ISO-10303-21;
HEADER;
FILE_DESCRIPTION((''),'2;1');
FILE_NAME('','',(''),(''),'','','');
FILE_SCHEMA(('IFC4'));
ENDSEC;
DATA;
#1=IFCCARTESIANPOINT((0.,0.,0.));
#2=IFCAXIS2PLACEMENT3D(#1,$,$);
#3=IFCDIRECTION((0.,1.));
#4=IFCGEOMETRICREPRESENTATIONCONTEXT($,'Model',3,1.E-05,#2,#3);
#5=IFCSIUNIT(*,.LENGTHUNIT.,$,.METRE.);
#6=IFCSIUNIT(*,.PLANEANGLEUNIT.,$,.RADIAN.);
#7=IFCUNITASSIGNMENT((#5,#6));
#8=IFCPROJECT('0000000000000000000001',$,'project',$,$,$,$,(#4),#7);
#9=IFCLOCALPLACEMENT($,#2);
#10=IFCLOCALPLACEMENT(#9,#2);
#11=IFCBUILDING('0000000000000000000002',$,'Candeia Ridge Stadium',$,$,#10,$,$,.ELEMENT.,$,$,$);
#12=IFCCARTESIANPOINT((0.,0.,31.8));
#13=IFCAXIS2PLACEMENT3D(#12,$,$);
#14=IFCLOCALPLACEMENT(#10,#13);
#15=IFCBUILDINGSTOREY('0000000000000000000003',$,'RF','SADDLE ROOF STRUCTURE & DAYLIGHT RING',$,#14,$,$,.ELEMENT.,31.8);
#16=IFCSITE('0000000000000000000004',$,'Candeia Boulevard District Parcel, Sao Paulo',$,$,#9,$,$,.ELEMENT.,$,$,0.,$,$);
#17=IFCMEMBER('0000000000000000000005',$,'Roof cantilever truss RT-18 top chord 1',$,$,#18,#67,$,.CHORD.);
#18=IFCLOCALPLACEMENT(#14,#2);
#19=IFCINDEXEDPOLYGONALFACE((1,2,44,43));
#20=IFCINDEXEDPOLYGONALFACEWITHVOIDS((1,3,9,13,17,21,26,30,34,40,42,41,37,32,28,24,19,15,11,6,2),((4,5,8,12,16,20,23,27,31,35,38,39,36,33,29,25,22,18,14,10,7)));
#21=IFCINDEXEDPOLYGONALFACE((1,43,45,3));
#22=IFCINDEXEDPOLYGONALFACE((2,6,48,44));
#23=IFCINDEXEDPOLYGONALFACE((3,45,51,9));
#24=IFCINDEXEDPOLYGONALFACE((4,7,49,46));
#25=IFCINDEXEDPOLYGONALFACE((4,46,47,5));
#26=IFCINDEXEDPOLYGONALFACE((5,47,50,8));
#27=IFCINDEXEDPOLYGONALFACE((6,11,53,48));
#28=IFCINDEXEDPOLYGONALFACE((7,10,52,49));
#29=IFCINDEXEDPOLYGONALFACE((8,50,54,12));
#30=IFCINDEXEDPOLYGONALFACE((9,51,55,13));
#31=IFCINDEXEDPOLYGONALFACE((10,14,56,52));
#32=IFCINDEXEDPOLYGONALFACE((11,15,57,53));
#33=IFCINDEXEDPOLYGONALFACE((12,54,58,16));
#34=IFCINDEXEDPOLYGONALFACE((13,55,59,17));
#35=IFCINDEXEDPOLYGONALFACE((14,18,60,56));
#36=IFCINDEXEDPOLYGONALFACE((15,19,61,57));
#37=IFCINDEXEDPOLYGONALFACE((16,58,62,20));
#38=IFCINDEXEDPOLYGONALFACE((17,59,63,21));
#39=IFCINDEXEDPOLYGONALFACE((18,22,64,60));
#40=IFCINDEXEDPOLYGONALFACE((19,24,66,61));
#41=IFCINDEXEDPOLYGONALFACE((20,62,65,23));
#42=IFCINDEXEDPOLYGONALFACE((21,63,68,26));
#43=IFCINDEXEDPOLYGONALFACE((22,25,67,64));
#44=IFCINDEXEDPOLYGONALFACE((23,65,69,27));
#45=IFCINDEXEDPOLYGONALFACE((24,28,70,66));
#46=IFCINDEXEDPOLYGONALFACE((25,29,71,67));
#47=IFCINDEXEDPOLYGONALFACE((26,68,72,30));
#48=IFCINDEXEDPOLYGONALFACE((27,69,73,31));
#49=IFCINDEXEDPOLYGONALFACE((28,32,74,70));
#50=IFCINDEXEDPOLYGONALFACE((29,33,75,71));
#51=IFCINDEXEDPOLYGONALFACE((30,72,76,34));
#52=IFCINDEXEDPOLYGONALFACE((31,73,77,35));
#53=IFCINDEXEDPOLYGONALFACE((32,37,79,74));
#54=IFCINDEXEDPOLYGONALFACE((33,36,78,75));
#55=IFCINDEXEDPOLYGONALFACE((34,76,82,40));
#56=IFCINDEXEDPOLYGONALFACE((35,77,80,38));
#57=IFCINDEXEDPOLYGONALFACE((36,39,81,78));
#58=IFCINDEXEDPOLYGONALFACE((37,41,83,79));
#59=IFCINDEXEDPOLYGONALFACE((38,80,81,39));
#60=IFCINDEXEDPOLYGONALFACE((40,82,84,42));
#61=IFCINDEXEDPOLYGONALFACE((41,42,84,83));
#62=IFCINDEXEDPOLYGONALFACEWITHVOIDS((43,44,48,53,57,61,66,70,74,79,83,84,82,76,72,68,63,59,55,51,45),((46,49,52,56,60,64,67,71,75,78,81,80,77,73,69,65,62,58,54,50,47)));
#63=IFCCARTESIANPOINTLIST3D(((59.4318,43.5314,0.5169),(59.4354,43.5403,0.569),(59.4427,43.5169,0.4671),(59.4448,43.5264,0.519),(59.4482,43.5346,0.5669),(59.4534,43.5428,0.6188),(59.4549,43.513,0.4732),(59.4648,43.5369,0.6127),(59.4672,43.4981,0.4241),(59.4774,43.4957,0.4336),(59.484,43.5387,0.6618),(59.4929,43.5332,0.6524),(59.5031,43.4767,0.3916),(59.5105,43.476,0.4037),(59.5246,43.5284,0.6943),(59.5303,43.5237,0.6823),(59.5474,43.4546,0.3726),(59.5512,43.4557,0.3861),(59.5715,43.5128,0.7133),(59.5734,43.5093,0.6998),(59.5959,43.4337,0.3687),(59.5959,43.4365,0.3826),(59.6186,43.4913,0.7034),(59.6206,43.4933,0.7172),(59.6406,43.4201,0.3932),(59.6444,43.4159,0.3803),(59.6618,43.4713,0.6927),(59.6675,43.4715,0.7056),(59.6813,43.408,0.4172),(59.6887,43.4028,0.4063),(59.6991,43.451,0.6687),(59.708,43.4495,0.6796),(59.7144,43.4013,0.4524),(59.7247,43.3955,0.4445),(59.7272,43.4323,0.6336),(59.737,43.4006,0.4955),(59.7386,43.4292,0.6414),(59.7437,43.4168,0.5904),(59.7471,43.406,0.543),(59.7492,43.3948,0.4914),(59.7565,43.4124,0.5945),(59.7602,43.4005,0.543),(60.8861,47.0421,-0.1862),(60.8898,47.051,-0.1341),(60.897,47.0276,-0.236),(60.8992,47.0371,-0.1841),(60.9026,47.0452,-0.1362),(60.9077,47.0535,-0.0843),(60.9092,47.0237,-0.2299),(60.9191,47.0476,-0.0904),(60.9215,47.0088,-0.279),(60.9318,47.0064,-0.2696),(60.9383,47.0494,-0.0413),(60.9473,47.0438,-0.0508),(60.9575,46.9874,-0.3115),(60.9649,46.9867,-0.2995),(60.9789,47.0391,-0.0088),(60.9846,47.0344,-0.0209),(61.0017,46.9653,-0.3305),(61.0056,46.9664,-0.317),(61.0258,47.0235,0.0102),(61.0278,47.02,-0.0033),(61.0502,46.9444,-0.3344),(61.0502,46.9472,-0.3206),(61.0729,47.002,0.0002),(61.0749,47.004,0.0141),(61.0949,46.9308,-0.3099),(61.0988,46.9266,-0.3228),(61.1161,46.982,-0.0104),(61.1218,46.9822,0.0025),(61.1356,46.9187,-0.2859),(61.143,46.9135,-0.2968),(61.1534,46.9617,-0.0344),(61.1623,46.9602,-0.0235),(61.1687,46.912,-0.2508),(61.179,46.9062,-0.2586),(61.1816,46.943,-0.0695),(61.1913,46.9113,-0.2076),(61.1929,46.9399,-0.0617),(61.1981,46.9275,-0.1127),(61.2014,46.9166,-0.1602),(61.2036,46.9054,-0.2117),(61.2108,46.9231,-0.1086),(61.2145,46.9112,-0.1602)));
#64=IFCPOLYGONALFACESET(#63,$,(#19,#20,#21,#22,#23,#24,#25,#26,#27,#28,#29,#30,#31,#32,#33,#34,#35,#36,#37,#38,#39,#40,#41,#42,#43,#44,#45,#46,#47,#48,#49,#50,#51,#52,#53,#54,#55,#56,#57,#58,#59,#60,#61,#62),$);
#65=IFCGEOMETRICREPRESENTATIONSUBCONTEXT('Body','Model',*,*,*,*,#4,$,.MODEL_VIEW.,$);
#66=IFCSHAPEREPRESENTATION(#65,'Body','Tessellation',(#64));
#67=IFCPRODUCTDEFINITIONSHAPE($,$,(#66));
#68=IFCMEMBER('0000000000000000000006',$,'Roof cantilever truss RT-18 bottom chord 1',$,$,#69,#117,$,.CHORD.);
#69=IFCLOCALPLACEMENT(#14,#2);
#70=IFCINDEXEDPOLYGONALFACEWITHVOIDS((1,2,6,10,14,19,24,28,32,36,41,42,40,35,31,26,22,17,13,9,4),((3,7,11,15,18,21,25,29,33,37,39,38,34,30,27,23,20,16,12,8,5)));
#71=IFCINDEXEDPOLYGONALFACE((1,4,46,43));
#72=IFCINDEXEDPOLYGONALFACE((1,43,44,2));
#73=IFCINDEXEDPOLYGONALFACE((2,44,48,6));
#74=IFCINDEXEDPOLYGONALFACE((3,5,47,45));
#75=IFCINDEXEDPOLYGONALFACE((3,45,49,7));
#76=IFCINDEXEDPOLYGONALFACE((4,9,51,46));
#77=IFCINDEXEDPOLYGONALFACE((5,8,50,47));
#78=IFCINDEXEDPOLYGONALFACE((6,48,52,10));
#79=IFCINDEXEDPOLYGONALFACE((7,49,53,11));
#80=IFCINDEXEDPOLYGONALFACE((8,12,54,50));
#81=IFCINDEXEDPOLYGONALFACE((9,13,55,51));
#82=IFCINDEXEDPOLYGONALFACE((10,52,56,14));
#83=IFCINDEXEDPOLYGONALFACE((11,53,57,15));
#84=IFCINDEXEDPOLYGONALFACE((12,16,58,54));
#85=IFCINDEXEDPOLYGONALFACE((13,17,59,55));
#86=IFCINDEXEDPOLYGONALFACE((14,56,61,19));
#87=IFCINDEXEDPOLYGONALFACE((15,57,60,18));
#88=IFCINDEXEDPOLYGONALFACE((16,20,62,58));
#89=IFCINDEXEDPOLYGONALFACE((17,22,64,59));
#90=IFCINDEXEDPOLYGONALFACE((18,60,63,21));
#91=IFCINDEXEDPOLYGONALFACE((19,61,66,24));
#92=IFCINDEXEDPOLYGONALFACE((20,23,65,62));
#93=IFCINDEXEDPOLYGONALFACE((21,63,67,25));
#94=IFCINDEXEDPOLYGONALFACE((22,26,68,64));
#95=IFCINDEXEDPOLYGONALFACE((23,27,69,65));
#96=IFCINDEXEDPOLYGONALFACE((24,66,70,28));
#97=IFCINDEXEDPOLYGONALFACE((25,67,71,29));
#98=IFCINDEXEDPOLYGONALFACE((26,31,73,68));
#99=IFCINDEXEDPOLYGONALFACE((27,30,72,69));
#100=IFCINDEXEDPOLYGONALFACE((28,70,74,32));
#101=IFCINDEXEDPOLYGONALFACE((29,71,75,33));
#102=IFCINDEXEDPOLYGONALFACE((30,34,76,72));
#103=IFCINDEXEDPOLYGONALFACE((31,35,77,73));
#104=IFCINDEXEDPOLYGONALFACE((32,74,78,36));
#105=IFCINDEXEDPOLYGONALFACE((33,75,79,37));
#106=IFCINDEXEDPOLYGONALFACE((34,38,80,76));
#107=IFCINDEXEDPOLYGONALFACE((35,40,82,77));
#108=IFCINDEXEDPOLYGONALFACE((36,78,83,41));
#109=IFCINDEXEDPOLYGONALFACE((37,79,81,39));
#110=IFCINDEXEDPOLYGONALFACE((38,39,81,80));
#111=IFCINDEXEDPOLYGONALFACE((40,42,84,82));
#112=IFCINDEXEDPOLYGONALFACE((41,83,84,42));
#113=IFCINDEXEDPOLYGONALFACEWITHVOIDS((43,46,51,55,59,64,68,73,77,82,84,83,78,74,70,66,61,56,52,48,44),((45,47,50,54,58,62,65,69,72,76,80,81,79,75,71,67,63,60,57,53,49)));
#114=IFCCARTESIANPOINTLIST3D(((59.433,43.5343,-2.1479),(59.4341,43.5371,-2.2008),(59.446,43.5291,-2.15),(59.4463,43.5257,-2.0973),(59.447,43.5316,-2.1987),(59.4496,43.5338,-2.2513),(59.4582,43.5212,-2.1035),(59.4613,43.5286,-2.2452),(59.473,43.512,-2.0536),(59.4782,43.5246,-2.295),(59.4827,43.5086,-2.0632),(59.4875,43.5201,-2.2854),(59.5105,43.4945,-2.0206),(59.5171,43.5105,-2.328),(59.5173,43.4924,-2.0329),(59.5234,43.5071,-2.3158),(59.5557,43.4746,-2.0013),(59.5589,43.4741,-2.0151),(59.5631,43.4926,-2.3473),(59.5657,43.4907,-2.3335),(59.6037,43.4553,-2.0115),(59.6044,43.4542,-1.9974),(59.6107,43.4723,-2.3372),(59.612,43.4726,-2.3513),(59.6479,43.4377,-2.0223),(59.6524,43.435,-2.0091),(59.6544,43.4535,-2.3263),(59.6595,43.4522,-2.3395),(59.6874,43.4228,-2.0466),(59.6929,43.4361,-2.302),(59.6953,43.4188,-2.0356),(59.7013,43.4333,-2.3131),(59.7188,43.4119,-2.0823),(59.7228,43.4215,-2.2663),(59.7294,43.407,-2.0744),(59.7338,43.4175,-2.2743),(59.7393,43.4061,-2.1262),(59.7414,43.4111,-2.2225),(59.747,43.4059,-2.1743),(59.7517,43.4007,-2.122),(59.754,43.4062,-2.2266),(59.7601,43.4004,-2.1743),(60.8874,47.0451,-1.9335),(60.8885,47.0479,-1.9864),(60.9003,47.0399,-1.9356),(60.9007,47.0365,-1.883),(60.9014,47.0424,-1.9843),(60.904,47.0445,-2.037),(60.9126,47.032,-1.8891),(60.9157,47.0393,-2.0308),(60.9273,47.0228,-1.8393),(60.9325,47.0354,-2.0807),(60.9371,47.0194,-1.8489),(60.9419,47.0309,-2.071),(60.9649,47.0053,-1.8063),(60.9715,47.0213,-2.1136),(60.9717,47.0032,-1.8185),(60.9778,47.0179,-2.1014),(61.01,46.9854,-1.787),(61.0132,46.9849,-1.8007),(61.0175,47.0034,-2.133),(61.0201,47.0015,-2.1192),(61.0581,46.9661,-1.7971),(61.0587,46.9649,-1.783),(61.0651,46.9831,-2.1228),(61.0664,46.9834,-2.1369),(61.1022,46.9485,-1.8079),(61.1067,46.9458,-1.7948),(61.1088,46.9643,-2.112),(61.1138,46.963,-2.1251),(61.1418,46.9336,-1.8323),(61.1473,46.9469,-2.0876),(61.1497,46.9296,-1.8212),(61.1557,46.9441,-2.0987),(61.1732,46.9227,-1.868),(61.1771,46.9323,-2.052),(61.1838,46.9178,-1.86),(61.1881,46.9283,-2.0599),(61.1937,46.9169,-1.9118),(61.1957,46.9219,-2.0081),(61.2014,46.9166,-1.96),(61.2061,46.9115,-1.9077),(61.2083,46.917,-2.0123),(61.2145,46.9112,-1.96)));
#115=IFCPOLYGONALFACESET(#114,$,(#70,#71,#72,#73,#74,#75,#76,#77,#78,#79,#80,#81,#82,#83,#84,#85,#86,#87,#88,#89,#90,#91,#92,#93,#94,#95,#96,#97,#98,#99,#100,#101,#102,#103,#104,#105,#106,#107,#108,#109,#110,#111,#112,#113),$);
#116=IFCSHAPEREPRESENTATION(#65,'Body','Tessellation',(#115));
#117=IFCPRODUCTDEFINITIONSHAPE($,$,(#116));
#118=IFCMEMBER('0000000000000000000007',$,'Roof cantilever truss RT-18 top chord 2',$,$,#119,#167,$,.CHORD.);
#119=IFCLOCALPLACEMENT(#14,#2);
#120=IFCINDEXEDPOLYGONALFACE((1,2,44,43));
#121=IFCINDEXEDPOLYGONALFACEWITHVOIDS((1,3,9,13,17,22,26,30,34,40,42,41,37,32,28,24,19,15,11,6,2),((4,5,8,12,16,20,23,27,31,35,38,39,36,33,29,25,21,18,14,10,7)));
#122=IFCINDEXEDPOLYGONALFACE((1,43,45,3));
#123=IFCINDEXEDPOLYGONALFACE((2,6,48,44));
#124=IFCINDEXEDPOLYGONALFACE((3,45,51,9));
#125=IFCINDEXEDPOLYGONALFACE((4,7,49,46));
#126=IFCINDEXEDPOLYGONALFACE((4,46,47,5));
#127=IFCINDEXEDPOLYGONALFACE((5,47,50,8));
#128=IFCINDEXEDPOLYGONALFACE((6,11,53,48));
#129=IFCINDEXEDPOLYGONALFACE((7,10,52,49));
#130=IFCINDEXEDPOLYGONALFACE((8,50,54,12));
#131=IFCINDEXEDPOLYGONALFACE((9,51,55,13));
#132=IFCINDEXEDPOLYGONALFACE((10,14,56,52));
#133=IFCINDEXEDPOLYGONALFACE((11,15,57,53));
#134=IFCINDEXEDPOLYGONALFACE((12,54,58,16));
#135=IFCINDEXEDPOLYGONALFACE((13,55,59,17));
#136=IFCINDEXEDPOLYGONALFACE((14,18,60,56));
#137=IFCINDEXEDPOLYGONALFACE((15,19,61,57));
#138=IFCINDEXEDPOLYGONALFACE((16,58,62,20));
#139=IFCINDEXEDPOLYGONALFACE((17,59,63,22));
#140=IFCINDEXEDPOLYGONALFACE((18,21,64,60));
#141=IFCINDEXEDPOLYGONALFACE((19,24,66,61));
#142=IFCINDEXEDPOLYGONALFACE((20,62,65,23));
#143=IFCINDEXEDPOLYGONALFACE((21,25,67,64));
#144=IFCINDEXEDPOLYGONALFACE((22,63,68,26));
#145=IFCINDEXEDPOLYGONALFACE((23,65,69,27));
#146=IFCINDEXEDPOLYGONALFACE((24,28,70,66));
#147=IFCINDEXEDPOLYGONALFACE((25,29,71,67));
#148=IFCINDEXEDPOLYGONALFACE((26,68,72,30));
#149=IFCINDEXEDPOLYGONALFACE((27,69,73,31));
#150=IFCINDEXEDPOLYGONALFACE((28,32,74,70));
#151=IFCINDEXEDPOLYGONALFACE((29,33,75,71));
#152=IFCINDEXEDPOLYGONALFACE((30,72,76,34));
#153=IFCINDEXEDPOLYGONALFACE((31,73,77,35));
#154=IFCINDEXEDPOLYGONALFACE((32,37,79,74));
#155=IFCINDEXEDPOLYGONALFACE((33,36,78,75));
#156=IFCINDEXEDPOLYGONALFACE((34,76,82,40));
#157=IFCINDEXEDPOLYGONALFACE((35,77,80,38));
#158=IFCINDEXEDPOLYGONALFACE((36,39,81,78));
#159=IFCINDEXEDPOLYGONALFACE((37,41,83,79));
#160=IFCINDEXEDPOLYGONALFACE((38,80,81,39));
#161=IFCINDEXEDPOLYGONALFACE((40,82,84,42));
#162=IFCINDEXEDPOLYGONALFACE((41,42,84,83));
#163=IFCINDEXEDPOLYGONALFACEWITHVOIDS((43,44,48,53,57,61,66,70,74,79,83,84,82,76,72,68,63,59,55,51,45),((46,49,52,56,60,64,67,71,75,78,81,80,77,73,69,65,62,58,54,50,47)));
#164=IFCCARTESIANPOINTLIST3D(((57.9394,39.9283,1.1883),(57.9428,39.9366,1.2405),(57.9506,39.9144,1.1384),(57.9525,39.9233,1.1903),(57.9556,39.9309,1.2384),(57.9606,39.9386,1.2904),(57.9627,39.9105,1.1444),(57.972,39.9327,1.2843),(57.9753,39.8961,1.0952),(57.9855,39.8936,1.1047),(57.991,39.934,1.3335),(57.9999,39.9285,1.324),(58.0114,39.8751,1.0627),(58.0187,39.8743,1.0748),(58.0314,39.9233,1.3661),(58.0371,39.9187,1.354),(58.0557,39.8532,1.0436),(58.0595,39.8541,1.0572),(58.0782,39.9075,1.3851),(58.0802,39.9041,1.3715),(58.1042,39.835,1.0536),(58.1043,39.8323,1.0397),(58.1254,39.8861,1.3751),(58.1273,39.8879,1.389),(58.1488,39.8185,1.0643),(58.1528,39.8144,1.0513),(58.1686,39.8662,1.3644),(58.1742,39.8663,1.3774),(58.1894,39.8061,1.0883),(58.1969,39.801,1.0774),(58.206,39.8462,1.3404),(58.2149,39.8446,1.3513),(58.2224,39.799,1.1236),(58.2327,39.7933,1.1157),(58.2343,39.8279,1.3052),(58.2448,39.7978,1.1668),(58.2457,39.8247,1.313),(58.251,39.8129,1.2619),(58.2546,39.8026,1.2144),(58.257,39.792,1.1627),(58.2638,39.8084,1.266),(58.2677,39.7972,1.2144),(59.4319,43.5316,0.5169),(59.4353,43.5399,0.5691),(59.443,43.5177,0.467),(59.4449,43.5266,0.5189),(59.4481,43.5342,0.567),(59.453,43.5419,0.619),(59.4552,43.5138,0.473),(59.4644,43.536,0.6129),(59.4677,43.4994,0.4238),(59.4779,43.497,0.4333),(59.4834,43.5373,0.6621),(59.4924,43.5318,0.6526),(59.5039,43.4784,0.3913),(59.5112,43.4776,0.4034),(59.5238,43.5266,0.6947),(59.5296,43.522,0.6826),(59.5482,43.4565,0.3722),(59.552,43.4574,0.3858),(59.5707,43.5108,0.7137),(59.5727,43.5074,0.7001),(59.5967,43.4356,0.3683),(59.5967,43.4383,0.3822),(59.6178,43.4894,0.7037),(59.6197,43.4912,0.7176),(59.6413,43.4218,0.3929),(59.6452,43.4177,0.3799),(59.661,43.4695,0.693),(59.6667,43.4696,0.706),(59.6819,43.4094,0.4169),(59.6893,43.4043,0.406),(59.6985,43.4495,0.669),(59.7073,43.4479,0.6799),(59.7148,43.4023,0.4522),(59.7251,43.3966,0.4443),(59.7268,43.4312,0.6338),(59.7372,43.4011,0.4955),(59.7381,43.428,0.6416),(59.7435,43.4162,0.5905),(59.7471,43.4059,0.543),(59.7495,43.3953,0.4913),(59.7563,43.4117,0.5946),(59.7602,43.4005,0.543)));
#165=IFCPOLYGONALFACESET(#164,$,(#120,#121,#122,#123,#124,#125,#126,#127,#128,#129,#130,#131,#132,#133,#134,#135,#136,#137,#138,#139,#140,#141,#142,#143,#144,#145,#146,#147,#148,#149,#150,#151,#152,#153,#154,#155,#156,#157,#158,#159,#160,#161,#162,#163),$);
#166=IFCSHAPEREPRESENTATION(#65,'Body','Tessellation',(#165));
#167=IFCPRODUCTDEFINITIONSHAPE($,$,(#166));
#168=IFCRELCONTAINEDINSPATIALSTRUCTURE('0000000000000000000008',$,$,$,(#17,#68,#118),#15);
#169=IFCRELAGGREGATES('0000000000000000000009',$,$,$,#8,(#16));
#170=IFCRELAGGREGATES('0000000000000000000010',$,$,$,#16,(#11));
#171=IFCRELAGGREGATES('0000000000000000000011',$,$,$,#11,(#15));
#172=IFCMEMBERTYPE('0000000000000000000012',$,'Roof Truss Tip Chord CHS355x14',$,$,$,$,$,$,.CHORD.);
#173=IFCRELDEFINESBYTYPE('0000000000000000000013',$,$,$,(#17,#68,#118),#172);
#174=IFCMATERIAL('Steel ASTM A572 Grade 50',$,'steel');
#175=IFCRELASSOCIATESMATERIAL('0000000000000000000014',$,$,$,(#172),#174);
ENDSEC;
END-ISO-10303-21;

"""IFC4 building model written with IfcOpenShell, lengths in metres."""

from ifc_helpers import new_model, si_unit, direction, frame, origin, origin_2d, place, context, subcontext, project, spatial, hollow_circle, extrude, material, material_profile, profile_set, type_object, element, save


model = new_model("IFC4")

# Units and contexts
model_context = context("Model", 3, precision=1e-05, world=origin(), true_north=direction((0.0, 1.0)))
body_context = subcontext(model_context, "Body", "Model", "MODEL_VIEW")
ifc_project = project(units=[si_unit("LENGTHUNIT", "METRE"), si_unit("PLANEANGLEUNIT", "RADIAN")], contexts=[model_context])

# Site, building, storey
site_placement = place(None, origin())
site = spatial("IfcSite", under=ifc_project, at=site_placement, Name="Candeia Boulevard District Parcel, Sao Paulo", CompositionType="ELEMENT", RefElevation=0.0)
building_placement = place(site_placement, origin())
building = spatial("IfcBuilding", under=site, at=building_placement, Name="Candeia Ridge Stadium", CompositionType="ELEMENT")
storey_placement = place(building_placement, frame((0.0, 0.0, 31.8)))
storey = spatial("IfcBuildingStorey", under=building, at=storey_placement, Name="RF", Description="SADDLE ROOF STRUCTURE & DAYLIGHT RING", CompositionType="ELEMENT", Elevation=31.8)

# Shared definitions
ifc_material_1 = material(Name="Steel ASTM A572 Grade 50", Category="steel")

# Members
ifc_material_profile_1 = material_profile(ifc_material_1, hollow_circle(Radius=0.1777, WallThickness=0.0142, at=origin_2d()), Name="CHS355x14", Category="steel")
ifc_profile_set_1 = profile_set([ifc_material_profile_1], Name="Steel ASTM A572 Grade 50")
member_type_1 = type_object("IfcMemberType", Name="Roof Truss Tip Chord CHS355x14", PredefinedType="CHORD", material=ifc_profile_set_1)
member_1_placement = place(storey_placement, frame((61.0503, 46.9792, -0.1602), z_axis=(-0.376329, -0.908446, 0.181942), x_axis=(0.923866, -0.382717, 0.0)))
element("IfcMember", 1, at=member_1_placement, inside=storey, type_object=member_type_1, Name="Roof cantilever truss RT-18 top chord 1", PredefinedType="CHORD", context=body_context, shape_type="SweptSolid", body=[
    extrude(hollow_circle(Radius=0.1777, WallThickness=0.0142, at=origin_2d()), origin(), (0.0, 0.0, 1.0), 3.8645),
])
member_2_placement = place(storey_placement, frame((61.0503, 46.9792, -1.96), z_axis=(-0.382109, -0.922399, -0.056319), x_axis=(0.923866, -0.382717, 0.0)))
element("IfcMember", 2, at=member_2_placement, inside=storey, type_object=member_type_1, Name="Roof cantilever truss RT-18 bottom chord 1", PredefinedType="CHORD", context=body_context, shape_type="SweptSolid", body=[
    extrude(hollow_circle(Radius=0.1777, WallThickness=0.0142, at=origin_2d()), origin(), (0.0, 0.0, 1.0), 3.8062),
])
member_3_placement = place(storey_placement, frame((59.5959, 43.4685, 0.543), z_axis=(-0.377116, -0.910496, 0.16965), x_axis=(0.923888, -0.382663, 0.0)))
element("IfcMember", 3, at=member_3_placement, inside=storey, type_object=member_type_1, Name="Roof cantilever truss RT-18 top chord 2", PredefinedType="CHORD", context=body_context, shape_type="SweptSolid", body=[
    extrude(hollow_circle(Radius=0.1777, WallThickness=0.0142, at=origin_2d()), origin(), (0.0, 0.0, 1.0), 3.9575),
])

save(model, "model.ifc")
